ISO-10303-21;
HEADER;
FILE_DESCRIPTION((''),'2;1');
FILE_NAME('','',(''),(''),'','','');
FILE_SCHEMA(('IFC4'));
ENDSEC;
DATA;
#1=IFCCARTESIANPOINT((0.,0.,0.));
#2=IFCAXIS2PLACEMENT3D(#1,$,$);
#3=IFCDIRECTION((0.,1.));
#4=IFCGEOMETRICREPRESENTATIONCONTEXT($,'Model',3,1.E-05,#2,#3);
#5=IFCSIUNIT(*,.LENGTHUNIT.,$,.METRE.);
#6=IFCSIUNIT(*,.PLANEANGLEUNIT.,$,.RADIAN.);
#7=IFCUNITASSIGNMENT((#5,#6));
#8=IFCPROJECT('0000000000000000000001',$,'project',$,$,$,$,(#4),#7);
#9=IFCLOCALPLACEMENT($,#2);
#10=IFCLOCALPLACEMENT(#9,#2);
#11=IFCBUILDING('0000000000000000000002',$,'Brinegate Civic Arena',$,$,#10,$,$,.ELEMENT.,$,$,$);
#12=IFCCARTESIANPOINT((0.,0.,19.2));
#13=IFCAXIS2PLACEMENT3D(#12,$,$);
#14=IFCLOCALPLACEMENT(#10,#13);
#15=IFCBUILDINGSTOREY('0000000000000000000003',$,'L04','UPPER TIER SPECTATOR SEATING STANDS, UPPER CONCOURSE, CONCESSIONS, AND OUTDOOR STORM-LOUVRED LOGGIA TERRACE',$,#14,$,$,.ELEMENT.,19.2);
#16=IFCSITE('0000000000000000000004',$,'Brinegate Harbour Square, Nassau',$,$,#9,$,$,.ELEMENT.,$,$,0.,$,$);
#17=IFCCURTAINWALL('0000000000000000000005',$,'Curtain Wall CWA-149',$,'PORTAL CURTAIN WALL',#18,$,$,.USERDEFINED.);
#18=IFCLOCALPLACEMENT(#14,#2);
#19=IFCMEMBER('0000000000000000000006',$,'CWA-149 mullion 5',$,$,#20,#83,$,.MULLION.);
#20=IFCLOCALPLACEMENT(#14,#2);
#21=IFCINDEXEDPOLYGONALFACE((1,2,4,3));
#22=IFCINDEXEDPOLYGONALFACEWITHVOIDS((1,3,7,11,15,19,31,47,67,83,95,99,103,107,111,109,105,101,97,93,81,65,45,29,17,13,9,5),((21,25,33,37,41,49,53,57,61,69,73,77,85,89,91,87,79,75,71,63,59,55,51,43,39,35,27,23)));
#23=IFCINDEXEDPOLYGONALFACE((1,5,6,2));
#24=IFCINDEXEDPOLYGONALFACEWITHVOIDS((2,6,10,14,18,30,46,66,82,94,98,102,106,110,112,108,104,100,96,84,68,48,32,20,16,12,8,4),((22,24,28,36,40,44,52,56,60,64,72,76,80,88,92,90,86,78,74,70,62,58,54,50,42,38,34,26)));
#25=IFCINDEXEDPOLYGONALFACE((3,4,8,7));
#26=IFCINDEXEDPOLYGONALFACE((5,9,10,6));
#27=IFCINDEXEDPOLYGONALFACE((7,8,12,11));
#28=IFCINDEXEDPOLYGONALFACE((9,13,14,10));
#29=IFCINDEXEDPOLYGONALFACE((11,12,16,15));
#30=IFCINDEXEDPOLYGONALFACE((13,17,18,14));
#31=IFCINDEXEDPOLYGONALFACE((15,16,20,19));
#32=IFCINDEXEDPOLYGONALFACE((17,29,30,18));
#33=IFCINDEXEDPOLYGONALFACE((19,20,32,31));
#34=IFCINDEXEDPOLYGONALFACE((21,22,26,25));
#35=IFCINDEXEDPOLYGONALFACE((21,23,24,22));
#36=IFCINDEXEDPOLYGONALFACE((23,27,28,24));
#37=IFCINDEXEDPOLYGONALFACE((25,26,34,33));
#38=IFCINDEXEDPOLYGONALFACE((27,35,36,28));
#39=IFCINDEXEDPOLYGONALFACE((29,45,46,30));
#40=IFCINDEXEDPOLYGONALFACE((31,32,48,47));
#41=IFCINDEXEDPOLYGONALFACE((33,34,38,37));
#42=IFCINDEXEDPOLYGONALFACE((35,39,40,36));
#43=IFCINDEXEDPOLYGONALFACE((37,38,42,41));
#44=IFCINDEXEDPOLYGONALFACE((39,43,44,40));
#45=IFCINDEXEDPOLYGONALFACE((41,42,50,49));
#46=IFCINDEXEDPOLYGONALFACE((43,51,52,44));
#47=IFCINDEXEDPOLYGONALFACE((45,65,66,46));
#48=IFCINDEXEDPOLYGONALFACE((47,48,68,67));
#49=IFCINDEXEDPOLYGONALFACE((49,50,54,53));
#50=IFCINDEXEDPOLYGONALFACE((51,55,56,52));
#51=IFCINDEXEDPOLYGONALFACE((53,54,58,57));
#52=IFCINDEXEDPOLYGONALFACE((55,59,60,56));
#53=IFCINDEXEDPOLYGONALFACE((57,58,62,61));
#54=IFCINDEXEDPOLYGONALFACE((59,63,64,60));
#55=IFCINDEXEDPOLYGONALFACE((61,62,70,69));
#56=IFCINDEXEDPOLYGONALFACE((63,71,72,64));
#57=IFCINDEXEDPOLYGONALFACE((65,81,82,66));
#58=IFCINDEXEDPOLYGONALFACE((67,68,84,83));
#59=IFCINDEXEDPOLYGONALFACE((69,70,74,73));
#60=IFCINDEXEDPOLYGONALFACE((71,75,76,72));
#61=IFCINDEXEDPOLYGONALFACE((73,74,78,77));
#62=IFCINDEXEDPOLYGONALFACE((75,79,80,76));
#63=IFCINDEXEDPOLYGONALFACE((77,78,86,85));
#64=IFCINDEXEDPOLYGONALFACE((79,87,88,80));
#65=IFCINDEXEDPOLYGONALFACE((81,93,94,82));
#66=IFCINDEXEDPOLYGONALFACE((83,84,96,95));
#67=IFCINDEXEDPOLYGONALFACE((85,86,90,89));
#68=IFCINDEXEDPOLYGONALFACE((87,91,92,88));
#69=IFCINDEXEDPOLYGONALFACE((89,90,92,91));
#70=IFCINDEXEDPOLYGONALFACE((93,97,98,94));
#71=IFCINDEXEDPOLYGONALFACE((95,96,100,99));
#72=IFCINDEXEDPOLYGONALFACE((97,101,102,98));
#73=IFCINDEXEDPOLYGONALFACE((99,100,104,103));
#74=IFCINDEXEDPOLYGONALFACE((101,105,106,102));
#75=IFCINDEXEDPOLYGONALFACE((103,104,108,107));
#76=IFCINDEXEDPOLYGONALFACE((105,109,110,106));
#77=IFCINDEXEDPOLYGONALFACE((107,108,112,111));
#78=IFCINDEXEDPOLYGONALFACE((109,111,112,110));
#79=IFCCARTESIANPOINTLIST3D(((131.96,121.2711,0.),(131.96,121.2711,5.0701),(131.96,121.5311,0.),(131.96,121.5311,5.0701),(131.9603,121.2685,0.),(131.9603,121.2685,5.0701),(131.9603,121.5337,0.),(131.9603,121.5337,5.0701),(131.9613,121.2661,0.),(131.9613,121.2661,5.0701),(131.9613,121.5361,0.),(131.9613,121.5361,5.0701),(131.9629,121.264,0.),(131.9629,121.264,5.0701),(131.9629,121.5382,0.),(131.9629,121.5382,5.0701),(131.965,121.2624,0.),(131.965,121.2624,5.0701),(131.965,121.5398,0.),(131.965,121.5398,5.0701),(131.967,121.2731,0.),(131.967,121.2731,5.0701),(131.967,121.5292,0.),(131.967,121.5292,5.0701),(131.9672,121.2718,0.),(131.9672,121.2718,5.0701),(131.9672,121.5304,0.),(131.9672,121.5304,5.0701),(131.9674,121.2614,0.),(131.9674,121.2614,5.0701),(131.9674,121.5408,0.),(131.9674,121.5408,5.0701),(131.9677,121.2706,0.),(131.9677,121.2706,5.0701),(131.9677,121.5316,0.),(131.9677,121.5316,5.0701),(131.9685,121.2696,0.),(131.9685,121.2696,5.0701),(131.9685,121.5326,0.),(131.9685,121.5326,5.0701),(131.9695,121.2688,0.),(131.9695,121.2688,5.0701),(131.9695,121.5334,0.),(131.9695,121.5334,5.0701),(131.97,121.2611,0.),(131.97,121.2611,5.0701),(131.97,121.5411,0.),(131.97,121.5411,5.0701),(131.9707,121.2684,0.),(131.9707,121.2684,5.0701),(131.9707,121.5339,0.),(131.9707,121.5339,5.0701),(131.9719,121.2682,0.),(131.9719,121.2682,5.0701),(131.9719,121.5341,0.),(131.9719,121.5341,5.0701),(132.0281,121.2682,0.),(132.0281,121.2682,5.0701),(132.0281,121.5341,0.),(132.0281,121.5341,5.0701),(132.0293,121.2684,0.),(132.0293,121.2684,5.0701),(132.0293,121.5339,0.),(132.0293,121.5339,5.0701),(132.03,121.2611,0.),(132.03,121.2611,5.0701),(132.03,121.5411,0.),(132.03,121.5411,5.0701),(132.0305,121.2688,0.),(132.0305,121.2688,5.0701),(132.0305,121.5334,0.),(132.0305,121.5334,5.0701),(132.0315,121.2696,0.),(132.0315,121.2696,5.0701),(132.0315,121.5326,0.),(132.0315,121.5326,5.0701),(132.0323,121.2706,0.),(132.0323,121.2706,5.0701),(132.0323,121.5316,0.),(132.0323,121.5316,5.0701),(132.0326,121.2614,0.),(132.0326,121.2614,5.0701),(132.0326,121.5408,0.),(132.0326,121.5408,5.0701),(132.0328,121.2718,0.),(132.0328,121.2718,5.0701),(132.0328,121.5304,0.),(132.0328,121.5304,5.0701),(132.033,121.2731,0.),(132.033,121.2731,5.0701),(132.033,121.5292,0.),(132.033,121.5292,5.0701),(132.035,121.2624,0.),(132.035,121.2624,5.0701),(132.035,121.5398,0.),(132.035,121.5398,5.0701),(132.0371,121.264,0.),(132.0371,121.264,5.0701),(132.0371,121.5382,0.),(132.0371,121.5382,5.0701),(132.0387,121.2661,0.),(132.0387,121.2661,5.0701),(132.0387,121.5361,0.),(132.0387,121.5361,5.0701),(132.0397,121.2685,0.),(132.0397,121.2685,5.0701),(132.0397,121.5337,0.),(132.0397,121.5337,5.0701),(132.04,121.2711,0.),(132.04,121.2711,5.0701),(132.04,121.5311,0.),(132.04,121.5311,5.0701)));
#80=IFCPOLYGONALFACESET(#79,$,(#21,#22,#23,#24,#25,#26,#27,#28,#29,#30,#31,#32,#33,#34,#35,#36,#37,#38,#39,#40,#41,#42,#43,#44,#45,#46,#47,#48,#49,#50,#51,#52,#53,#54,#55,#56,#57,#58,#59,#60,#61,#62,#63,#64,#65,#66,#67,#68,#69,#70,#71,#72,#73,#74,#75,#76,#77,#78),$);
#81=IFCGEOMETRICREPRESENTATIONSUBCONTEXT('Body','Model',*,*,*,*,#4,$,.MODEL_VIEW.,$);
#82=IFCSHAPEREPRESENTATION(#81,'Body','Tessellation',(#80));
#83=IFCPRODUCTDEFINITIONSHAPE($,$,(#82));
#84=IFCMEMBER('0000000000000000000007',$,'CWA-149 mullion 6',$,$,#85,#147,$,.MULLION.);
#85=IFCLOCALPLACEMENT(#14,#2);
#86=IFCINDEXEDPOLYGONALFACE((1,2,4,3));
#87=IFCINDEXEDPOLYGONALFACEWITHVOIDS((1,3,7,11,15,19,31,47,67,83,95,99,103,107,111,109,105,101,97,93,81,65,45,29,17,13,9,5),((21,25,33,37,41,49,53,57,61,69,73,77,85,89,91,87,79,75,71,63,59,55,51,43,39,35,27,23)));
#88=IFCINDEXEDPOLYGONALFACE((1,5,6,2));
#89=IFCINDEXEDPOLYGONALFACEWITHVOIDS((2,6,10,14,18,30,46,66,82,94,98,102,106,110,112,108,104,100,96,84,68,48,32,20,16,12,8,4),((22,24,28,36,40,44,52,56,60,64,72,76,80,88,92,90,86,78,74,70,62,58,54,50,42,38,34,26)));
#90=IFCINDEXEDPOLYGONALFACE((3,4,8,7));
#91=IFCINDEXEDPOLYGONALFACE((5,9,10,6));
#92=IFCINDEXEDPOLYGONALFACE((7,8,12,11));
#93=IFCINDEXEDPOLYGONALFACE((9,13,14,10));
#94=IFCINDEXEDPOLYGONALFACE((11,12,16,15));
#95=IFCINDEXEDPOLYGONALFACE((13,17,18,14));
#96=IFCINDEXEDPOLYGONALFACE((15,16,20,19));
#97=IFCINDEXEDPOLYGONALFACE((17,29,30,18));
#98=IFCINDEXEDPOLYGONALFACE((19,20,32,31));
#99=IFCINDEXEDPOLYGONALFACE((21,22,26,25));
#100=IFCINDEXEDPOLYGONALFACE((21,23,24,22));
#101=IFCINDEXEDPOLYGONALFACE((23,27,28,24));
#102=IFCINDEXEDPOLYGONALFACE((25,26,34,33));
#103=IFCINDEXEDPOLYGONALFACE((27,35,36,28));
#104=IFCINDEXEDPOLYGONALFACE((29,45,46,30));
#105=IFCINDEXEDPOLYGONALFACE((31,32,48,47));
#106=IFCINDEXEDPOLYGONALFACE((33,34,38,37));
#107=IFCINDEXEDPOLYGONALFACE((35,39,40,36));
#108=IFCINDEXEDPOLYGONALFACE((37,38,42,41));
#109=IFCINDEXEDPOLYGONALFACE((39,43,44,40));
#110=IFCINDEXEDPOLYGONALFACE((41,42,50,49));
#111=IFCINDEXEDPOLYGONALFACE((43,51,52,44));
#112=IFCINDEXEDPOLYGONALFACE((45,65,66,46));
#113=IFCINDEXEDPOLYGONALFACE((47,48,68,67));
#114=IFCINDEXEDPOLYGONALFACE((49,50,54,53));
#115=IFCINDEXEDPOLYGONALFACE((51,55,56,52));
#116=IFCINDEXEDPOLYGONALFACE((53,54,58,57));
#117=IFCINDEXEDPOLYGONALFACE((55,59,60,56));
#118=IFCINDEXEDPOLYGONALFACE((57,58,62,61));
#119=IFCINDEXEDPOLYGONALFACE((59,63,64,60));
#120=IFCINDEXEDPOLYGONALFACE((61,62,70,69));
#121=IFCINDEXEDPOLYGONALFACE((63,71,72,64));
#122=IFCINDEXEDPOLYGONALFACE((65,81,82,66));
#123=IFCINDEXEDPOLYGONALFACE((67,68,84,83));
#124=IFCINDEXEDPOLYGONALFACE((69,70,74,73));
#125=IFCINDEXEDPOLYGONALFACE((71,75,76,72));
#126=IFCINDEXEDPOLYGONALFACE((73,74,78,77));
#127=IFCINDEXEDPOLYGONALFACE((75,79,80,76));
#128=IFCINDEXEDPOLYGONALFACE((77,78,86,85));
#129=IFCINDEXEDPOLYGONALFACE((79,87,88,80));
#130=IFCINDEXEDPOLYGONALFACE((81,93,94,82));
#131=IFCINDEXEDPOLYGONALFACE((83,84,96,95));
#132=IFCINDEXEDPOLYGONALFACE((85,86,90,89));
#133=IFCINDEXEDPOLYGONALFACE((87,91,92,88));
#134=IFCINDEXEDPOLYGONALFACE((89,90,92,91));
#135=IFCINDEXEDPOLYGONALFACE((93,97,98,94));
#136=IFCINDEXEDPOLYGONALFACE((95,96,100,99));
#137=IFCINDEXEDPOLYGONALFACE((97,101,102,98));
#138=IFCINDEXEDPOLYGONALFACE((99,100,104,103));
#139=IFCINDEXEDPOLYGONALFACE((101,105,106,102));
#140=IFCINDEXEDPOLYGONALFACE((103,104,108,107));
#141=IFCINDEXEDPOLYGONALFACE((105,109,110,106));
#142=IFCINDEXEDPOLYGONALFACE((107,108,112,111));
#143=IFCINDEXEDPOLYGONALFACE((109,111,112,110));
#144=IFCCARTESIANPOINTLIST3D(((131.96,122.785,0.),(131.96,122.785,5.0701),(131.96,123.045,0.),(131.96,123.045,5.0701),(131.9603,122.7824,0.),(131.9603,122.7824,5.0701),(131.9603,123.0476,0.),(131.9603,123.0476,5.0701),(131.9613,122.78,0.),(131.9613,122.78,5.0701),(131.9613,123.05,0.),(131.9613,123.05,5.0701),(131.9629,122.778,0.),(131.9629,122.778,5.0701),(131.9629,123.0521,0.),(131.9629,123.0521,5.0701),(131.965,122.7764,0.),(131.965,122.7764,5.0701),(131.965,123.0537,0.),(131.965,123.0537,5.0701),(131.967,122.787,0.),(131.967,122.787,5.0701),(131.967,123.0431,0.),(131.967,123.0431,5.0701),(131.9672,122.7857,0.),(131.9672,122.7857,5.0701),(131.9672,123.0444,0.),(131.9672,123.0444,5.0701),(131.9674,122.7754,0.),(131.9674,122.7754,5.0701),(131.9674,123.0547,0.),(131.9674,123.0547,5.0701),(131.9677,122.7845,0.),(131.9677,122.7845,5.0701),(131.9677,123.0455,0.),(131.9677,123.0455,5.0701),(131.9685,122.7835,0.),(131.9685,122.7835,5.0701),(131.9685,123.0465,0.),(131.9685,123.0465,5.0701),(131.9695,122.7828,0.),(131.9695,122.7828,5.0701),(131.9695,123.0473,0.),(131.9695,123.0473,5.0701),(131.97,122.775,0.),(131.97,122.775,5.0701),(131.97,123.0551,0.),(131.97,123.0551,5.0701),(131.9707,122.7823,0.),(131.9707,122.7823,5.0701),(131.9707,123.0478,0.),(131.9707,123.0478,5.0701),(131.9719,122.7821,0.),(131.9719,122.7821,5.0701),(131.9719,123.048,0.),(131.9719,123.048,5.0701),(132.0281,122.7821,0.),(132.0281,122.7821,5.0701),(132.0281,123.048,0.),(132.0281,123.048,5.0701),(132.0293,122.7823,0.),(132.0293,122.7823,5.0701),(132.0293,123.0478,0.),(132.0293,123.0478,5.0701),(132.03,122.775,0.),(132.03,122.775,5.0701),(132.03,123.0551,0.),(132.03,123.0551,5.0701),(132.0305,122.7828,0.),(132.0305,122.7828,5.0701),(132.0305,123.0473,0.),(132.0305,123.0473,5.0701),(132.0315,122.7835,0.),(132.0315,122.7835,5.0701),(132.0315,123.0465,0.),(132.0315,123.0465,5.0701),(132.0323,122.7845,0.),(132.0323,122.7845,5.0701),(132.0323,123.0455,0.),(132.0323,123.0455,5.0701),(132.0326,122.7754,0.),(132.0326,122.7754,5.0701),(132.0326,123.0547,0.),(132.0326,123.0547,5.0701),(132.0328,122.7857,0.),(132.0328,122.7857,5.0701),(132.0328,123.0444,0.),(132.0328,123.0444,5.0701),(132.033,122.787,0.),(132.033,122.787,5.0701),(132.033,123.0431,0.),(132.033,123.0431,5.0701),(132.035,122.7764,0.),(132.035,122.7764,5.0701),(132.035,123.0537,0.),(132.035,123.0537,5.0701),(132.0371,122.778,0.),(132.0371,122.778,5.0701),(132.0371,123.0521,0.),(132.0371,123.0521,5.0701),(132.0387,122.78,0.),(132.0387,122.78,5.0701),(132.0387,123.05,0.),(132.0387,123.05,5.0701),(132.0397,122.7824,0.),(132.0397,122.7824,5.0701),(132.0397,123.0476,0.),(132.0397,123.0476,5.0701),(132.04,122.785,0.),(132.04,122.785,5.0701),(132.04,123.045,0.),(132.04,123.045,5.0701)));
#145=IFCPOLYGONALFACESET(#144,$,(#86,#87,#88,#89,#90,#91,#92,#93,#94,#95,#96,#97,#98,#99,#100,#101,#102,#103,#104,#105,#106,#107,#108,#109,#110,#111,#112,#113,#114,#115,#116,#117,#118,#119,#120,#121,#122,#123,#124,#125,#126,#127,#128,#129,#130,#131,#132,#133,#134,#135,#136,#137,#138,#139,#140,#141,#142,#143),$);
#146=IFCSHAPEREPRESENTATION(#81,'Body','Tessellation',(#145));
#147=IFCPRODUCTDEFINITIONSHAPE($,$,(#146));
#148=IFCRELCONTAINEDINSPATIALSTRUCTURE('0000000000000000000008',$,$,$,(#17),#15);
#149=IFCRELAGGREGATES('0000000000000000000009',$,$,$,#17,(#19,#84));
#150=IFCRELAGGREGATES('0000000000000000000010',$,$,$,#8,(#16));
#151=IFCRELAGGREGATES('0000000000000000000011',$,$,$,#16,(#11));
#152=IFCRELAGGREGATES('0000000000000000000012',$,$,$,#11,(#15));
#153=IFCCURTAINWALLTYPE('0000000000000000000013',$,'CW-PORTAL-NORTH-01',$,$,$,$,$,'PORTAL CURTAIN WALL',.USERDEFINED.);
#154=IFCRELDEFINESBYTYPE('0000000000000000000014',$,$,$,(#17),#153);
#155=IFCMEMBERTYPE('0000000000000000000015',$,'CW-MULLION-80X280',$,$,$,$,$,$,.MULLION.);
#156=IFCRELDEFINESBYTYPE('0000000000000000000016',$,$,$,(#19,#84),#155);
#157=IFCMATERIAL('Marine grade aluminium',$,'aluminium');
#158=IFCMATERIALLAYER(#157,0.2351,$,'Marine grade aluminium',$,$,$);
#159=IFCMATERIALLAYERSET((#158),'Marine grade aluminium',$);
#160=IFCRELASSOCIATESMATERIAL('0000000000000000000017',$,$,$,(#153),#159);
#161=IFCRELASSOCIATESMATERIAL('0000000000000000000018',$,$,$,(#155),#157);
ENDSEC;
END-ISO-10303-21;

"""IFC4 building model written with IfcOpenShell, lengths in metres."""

from ifc_helpers import new_model, si_unit, direction, frame, origin, origin_2d, place, context, subcontext, project, spatial, hollow_rectangle, extrude, material, layer, layer_set, material_profile, profile_set, type_object, element, aggregate, save


model = new_model("IFC4")

# Units and contexts
model_context = context("Model", 3, precision=1e-05, world=origin(), true_north=direction((0.0, 1.0)))
body_context = subcontext(model_context, "Body", "Model", "MODEL_VIEW")
ifc_project = project(units=[si_unit("LENGTHUNIT", "METRE"), si_unit("PLANEANGLEUNIT", "RADIAN")], contexts=[model_context])

# Site, building, storey
site_placement = place(None, origin())
site = spatial("IfcSite", under=ifc_project, at=site_placement, Name="Brinegate Harbour Square, Nassau", CompositionType="ELEMENT", RefElevation=0.0)
building_placement = place(site_placement, origin())
building = spatial("IfcBuilding", under=site, at=building_placement, Name="Brinegate Civic Arena", CompositionType="ELEMENT")
storey_placement = place(building_placement, frame((0.0, 0.0, 19.2)))
storey = spatial("IfcBuildingStorey", under=building, at=storey_placement, Name="L04", Description="UPPER TIER SPECTATOR SEATING STANDS, UPPER CONCOURSE, CONCESSIONS, AND OUTDOOR STORM-LOUVRED LOGGIA TERRACE", CompositionType="ELEMENT", Elevation=19.2)

# Curtain wall, members
ifc_material_1 = material(Name="Marine grade aluminium", Category="aluminium")
ifc_layer_1 = layer(ifc_material_1, 0.2351, Name="Marine grade aluminium")
ifc_layer_set_1 = layer_set([ifc_layer_1], Name="Marine grade aluminium")
curtain_wall_type = type_object("IfcCurtainWallType", Name="CW-PORTAL-NORTH-01", ElementType="PORTAL CURTAIN WALL", PredefinedType="USERDEFINED", material=ifc_layer_set_1)
curtain_wall_placement = place(storey_placement, origin())
curtain_wall = element("IfcCurtainWall", 1, at=curtain_wall_placement, inside=storey, type_object=curtain_wall_type, Name="Curtain Wall CWA-149", ObjectType="PORTAL CURTAIN WALL", PredefinedType="USERDEFINED")
ifc_material_profile_1 = material_profile(ifc_material_1, hollow_rectangle(XDim=0.0801, YDim=0.28, WallThickness=0.0071, InnerFilletRadius=0.0049, OuterFilletRadius=0.01, at=origin_2d()), Name="MUL80X280")
ifc_profile_set_1 = profile_set([ifc_material_profile_1], Name="Marine grade aluminium")
member_type_1 = type_object("IfcMemberType", Name="CW-MULLION-80X280", PredefinedType="MULLION", material=ifc_profile_set_1)
member_1_placement = place(storey_placement, frame((132.0, 121.4011, 0.0), z_axis=(0.0, 0.0, 1.0), x_axis=(-1.0, 0.0, 0.0)))
member_1 = element("IfcMember", 2, at=member_1_placement, type_object=member_type_1, Name="CWA-149 mullion 5", PredefinedType="MULLION", context=body_context, shape_type="SweptSolid", body=[
    extrude(hollow_rectangle(XDim=0.0801, YDim=0.28, WallThickness=0.0071, InnerFilletRadius=0.0049, OuterFilletRadius=0.01, at=origin_2d()), origin(), (0.0, 0.0, 1.0), 5.0701),
])
member_2_placement = place(storey_placement, frame((132.0, 122.915, 0.0), z_axis=(0.0, 0.0, 1.0), x_axis=(-1.0, 0.0, 0.0)))
member_2 = element("IfcMember", 3, at=member_2_placement, type_object=member_type_1, Name="CWA-149 mullion 6", PredefinedType="MULLION", context=body_context, shape_type="SweptSolid", body=[
    extrude(hollow_rectangle(XDim=0.0801, YDim=0.28, WallThickness=0.0071, InnerFilletRadius=0.0049, OuterFilletRadius=0.01, at=origin_2d()), origin(), (0.0, 0.0, 1.0), 5.0701),
])

aggregate(curtain_wall, [member_1, member_2])

save(model, "model.ifc")
